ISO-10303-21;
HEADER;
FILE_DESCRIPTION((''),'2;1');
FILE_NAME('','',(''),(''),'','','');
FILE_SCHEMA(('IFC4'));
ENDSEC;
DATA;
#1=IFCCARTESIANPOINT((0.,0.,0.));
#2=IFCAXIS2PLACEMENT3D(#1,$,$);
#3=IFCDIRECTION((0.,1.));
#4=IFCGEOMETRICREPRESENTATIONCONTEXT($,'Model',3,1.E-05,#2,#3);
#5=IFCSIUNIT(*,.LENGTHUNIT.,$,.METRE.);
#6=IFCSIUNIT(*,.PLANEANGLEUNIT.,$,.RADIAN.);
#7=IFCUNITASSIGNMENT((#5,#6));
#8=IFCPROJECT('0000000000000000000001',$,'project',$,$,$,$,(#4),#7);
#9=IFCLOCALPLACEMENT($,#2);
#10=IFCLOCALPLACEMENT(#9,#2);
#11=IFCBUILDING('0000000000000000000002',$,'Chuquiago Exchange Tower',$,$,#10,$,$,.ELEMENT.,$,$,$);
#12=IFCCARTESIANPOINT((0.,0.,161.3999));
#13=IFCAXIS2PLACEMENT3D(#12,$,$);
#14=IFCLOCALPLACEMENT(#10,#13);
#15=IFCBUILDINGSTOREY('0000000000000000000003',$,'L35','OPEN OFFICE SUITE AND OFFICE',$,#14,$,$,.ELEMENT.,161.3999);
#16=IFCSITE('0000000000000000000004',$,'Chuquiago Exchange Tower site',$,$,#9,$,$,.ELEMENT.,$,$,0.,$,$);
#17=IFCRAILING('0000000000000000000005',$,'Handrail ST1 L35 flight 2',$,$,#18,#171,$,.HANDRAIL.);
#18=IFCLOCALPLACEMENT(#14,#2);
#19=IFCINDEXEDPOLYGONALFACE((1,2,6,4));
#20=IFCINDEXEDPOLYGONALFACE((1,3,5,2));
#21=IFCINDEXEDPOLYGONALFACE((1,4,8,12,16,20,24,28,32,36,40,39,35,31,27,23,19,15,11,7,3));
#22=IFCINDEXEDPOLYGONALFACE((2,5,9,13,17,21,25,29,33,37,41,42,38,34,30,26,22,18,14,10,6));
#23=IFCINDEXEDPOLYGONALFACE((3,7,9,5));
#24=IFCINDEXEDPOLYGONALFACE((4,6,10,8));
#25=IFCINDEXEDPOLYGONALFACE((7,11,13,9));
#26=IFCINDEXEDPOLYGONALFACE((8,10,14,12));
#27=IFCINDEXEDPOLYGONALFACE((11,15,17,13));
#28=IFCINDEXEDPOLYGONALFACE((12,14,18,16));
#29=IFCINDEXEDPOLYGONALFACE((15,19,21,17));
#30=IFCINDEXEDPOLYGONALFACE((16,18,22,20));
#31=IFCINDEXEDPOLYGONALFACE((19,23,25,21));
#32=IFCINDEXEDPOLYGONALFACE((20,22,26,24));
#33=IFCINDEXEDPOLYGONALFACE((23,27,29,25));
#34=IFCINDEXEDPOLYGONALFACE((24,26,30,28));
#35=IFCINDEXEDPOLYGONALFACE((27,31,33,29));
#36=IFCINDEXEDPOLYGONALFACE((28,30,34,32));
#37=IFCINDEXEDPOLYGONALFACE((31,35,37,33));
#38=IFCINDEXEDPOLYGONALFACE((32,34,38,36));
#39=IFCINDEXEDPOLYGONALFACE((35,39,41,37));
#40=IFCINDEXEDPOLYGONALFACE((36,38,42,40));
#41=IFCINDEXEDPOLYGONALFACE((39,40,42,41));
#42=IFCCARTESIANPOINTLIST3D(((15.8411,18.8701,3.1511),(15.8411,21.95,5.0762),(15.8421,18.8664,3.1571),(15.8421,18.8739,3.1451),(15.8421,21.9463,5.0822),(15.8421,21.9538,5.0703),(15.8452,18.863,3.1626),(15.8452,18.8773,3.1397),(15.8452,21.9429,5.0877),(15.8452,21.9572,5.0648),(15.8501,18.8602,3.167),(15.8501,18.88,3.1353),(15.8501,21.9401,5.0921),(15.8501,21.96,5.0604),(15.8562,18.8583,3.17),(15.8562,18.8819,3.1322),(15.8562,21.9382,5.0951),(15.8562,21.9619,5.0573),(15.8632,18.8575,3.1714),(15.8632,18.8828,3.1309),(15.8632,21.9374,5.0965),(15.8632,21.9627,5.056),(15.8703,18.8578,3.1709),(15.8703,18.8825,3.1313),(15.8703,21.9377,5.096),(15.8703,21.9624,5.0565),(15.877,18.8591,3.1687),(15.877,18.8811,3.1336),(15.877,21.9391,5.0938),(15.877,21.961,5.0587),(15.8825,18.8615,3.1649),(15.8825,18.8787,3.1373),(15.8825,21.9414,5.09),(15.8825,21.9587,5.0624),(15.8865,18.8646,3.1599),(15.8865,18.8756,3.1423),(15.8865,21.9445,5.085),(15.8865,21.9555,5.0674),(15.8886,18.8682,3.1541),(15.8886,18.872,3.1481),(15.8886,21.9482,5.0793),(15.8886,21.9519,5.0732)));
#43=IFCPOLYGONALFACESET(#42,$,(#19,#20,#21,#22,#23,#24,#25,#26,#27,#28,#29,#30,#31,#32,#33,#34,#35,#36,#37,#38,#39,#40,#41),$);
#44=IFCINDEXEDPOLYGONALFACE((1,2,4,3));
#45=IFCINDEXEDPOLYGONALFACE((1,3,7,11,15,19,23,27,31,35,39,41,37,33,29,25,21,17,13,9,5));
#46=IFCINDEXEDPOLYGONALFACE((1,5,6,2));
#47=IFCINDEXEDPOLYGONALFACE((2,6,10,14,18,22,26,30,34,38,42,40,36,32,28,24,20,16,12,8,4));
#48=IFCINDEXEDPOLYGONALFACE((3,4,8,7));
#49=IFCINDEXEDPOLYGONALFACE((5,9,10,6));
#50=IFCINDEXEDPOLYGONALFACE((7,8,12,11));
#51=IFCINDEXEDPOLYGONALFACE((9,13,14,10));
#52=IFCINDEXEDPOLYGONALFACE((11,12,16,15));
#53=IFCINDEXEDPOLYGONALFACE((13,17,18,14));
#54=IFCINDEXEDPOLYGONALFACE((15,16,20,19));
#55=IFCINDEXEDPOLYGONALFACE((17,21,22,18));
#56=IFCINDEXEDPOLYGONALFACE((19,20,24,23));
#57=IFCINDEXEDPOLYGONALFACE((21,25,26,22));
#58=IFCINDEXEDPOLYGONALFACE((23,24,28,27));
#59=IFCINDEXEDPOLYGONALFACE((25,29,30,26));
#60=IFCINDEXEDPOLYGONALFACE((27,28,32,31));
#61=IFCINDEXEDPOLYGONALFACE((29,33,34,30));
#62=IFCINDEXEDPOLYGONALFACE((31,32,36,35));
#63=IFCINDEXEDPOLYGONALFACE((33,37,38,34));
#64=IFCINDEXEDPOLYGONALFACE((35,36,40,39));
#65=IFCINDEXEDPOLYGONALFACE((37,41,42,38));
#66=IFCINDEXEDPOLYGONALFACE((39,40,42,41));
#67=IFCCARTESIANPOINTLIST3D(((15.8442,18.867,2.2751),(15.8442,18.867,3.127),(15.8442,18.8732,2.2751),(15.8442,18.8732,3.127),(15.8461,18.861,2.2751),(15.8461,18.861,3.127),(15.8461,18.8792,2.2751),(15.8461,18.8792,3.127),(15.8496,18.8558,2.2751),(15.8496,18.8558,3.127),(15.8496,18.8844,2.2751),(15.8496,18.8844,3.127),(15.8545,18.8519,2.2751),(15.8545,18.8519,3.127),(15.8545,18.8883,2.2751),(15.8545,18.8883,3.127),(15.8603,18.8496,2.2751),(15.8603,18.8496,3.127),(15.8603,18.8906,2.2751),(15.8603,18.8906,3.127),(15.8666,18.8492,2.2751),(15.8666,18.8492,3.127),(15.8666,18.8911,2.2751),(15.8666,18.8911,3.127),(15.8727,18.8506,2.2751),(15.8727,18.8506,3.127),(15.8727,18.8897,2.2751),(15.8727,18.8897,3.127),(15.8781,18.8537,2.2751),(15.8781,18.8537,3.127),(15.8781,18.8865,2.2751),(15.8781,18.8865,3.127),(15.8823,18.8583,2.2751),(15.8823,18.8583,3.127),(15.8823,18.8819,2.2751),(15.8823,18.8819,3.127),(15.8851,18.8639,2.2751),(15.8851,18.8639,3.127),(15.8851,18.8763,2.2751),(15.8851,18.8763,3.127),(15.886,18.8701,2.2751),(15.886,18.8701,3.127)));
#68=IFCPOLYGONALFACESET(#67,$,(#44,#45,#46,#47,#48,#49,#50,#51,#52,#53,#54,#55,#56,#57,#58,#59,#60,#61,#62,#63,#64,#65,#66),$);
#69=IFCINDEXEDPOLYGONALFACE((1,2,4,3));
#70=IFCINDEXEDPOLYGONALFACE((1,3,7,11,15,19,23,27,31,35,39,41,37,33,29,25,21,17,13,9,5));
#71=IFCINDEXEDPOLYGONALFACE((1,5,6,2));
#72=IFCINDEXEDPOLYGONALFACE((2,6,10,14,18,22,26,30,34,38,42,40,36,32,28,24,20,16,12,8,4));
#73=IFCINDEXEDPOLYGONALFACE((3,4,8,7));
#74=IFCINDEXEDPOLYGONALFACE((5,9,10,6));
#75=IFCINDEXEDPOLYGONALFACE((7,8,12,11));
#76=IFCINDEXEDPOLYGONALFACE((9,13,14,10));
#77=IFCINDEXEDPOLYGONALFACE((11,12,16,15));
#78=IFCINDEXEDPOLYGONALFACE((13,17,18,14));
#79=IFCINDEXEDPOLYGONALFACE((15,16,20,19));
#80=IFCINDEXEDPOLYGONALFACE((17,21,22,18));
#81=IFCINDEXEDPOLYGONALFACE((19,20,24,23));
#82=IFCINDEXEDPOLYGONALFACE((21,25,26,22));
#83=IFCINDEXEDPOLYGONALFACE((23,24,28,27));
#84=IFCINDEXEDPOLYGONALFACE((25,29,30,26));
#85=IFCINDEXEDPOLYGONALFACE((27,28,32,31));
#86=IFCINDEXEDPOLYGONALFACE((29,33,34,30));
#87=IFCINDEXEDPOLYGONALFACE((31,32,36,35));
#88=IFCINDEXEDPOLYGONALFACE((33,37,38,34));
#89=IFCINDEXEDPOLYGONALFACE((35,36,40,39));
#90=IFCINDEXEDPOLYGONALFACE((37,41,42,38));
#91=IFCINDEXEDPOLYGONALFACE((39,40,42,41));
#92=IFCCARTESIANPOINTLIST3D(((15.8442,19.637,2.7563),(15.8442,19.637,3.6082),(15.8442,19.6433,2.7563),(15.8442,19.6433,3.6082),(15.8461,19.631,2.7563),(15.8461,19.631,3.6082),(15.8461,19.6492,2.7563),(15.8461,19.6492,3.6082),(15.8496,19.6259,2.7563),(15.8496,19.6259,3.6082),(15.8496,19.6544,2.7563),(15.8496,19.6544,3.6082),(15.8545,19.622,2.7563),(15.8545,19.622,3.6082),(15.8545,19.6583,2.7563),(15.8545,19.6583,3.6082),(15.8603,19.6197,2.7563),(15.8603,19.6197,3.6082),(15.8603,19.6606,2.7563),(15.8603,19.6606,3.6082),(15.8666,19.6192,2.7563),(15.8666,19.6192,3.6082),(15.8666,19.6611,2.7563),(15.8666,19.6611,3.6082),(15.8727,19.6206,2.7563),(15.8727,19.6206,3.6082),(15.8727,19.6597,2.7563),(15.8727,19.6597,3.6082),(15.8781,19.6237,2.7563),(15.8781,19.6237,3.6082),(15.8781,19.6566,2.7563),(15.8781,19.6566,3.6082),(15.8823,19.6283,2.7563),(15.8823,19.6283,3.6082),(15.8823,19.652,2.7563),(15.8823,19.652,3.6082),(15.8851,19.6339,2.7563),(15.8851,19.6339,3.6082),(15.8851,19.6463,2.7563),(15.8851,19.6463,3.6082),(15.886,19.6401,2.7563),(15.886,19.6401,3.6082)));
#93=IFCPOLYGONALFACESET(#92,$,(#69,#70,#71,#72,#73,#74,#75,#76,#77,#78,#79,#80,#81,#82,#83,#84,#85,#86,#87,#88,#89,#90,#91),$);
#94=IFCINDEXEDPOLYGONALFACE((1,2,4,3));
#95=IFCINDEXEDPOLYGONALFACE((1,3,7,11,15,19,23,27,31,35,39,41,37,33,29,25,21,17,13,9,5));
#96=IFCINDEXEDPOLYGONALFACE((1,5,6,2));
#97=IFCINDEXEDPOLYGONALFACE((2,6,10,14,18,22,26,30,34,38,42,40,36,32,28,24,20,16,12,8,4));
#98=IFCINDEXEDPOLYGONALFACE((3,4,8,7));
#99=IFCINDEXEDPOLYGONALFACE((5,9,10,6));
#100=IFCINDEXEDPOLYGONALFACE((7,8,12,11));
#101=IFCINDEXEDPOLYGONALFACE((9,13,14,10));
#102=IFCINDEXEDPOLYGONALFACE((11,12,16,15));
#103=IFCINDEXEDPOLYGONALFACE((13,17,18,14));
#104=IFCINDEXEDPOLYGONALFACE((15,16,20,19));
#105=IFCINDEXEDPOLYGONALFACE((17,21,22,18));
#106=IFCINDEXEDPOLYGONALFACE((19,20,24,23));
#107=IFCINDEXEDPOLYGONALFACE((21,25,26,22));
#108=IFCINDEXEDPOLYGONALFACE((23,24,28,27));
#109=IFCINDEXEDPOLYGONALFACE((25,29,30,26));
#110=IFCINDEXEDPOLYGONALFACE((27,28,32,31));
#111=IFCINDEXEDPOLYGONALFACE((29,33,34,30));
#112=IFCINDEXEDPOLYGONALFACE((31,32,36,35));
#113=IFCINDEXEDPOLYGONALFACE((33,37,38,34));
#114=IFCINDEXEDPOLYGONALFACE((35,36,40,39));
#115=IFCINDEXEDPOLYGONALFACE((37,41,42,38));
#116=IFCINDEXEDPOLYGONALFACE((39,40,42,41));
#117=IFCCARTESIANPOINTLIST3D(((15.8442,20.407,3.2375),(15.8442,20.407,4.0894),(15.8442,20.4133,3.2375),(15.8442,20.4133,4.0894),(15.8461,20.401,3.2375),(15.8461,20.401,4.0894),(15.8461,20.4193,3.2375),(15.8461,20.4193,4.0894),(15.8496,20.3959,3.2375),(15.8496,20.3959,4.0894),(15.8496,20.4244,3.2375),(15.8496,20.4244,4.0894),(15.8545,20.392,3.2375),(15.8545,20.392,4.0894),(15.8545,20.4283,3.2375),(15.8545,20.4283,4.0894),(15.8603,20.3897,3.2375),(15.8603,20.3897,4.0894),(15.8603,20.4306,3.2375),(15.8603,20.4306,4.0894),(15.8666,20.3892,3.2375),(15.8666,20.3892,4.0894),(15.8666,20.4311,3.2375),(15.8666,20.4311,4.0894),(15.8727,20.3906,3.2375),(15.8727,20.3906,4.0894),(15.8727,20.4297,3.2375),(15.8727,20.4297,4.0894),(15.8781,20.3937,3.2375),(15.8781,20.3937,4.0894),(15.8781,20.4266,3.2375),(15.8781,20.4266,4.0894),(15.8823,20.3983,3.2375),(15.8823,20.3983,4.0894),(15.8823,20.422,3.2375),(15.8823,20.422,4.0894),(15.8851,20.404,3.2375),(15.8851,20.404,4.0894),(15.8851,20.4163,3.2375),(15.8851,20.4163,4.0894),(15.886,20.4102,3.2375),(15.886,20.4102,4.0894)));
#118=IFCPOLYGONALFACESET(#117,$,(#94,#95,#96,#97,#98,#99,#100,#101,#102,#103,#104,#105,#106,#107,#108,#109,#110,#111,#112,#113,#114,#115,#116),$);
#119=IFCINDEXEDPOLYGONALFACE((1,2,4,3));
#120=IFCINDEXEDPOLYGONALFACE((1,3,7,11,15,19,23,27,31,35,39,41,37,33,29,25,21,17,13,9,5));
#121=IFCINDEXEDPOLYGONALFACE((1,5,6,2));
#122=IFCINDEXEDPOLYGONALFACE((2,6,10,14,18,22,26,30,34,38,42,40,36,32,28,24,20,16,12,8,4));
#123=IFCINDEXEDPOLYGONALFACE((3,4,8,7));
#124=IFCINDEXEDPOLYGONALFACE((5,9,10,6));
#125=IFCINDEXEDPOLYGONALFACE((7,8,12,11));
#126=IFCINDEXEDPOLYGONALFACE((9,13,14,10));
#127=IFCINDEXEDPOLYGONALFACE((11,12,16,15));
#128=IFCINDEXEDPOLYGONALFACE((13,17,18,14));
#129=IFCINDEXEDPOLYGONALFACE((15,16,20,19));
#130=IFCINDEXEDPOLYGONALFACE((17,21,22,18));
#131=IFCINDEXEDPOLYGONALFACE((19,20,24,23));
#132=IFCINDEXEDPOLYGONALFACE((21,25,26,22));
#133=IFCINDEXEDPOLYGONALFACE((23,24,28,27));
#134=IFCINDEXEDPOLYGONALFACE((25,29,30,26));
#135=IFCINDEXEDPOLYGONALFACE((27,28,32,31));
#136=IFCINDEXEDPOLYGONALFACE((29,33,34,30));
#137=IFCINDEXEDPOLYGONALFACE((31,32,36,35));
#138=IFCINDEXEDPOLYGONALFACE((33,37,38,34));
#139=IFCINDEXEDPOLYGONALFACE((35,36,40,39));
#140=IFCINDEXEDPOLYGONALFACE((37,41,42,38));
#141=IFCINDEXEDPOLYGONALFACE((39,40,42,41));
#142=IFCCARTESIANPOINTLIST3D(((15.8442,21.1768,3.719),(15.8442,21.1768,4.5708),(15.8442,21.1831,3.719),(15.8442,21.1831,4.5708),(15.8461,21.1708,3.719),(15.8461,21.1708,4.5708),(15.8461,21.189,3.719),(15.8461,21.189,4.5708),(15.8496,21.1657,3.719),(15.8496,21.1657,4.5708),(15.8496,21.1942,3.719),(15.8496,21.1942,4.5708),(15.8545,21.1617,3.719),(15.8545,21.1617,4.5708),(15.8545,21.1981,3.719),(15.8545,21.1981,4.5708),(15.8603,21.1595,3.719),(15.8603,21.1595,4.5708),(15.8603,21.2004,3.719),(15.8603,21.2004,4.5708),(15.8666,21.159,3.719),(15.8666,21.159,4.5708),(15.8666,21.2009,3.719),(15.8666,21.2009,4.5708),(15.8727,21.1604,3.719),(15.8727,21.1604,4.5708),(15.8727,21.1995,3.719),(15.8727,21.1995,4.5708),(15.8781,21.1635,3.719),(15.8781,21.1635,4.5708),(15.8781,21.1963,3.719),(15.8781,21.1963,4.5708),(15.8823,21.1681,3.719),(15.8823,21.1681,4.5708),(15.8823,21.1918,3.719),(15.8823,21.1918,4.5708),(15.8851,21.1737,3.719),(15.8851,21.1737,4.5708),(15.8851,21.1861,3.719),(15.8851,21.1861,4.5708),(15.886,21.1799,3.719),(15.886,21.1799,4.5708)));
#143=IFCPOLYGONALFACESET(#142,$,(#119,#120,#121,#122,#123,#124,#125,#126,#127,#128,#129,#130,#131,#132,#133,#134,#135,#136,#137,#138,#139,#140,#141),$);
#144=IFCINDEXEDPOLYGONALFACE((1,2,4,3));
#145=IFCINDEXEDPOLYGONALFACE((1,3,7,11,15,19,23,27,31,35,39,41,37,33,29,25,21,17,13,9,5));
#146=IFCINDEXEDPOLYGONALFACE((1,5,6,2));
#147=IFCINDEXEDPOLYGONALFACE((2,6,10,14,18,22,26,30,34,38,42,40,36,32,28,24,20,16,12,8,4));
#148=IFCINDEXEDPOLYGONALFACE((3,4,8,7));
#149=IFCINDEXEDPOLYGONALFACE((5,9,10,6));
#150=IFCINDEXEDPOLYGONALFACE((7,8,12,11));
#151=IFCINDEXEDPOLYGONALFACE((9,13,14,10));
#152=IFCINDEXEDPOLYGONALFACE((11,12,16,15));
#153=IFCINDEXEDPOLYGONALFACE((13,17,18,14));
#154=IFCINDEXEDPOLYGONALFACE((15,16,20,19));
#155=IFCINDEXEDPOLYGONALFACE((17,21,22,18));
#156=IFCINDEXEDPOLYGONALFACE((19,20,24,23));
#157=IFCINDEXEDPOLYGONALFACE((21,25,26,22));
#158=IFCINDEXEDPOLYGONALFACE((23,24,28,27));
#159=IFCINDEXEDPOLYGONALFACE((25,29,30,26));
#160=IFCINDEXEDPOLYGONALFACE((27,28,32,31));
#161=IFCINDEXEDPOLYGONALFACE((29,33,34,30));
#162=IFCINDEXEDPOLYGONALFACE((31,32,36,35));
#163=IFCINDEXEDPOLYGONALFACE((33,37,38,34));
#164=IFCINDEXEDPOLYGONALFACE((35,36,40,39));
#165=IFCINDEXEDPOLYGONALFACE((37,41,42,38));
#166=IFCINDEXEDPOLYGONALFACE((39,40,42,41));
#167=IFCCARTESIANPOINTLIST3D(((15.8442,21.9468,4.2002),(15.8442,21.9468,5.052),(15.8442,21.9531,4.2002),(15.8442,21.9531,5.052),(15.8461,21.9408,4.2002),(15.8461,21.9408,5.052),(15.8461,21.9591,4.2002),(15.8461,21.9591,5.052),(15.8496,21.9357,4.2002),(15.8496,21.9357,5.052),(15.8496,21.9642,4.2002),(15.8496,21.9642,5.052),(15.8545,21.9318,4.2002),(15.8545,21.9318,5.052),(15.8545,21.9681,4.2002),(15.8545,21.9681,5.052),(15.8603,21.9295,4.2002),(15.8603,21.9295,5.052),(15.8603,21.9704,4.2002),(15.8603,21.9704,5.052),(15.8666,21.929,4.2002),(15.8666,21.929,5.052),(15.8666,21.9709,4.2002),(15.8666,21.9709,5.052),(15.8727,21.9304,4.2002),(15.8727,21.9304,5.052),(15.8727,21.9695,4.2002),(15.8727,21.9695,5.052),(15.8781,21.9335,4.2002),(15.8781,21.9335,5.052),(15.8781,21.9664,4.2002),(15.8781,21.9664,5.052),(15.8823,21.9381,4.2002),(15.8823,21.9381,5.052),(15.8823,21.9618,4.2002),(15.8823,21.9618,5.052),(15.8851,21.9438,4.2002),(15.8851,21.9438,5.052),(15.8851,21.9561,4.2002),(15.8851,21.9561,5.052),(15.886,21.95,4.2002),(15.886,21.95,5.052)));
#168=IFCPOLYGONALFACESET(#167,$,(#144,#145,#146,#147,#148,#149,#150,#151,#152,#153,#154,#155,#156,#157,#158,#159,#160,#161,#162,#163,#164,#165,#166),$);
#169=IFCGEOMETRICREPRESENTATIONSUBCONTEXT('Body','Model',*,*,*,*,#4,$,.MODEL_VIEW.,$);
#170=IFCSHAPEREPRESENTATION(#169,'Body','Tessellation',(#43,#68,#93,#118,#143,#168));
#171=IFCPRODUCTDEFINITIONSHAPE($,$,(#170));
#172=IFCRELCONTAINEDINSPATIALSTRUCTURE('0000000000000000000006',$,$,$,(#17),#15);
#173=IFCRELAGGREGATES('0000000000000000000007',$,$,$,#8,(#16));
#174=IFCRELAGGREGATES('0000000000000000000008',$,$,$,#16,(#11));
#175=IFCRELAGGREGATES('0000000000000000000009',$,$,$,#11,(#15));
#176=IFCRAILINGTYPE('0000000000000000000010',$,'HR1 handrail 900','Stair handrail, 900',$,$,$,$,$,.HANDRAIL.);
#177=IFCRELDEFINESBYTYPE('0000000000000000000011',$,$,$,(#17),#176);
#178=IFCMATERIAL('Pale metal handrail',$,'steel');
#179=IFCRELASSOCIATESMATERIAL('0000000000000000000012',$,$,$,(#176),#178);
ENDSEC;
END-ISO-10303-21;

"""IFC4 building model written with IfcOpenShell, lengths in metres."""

from ifc_helpers import new_model, si_unit, direction, frame, origin, origin_2d, place, context, subcontext, project, spatial, circle, extrude, material, type_object, element, save


model = new_model("IFC4")

# Units and contexts
model_context = context("Model", 3, precision=1e-05, world=origin(), true_north=direction((0.0, 1.0)))
body_context = subcontext(model_context, "Body", "Model", "MODEL_VIEW")
ifc_project = project(units=[si_unit("LENGTHUNIT", "METRE"), si_unit("PLANEANGLEUNIT", "RADIAN")], contexts=[model_context])

# Site, building, storey
site_placement = place(None, origin())
site = spatial("IfcSite", under=ifc_project, at=site_placement, Name="Chuquiago Exchange Tower site", CompositionType="ELEMENT", RefElevation=0.0)
building_placement = place(site_placement, origin())
building = spatial("IfcBuilding", under=site, at=building_placement, Name="Chuquiago Exchange Tower", CompositionType="ELEMENT")
storey_placement = place(building_placement, frame((0.0, 0.0, 161.3999)))
storey = spatial("IfcBuildingStorey", under=building, at=storey_placement, Name="L35", Description="OPEN OFFICE SUITE AND OFFICE", CompositionType="ELEMENT", Elevation=161.3999)

# Railing
ifc_material_1 = material(Name="Pale metal handrail", Category="steel")
railing_type_1 = type_object("IfcRailingType", Name="HR1 handrail 900", Description="Stair handrail, 900", PredefinedType="HANDRAIL", material=ifc_material_1)
for number, where, name in (
    (1, (15.865, 18.8701, 2.2751), "Handrail ST1 L35 flight 2"),
):
    element("IfcRailing", number, at=place(storey_placement, frame(where)), inside=storey, type_object=railing_type_1, Name=name, PredefinedType="HANDRAIL", context=body_context, shape_type="SweptSolid", body=[
        extrude(circle(Radius=0.0239, at=origin_2d()), frame((0.0, 0.0, 0.876), z_axis=(0.0, 0.847979, 0.530029), x_axis=(-1.0, 0.0, 0.0)), (0.0, 0.0, 1.0), 3.6321),
        extrude(circle(Radius=0.021, at=origin_2d()), origin(), (0.0, 0.0, 1.0), 0.8518),
        extrude(circle(Radius=0.021, at=origin_2d()), frame((0.0, 0.77, 0.4812)), (0.0, 0.0, 1.0), 0.8518),
        extrude(circle(Radius=0.021, at=origin_2d()), frame((0.0, 1.54, 0.9624)), (0.0, 0.0, 1.0), 0.8518),
        extrude(circle(Radius=0.021, at=origin_2d()), frame((0.0, 2.3098, 1.4438)), (0.0, 0.0, 1.0), 0.8518),
        extrude(circle(Radius=0.021, at=origin_2d()), frame((0.0, 3.0798, 1.925)), (0.0, 0.0, 1.0), 0.8518),
    ])

save(model, "model.ifc")
